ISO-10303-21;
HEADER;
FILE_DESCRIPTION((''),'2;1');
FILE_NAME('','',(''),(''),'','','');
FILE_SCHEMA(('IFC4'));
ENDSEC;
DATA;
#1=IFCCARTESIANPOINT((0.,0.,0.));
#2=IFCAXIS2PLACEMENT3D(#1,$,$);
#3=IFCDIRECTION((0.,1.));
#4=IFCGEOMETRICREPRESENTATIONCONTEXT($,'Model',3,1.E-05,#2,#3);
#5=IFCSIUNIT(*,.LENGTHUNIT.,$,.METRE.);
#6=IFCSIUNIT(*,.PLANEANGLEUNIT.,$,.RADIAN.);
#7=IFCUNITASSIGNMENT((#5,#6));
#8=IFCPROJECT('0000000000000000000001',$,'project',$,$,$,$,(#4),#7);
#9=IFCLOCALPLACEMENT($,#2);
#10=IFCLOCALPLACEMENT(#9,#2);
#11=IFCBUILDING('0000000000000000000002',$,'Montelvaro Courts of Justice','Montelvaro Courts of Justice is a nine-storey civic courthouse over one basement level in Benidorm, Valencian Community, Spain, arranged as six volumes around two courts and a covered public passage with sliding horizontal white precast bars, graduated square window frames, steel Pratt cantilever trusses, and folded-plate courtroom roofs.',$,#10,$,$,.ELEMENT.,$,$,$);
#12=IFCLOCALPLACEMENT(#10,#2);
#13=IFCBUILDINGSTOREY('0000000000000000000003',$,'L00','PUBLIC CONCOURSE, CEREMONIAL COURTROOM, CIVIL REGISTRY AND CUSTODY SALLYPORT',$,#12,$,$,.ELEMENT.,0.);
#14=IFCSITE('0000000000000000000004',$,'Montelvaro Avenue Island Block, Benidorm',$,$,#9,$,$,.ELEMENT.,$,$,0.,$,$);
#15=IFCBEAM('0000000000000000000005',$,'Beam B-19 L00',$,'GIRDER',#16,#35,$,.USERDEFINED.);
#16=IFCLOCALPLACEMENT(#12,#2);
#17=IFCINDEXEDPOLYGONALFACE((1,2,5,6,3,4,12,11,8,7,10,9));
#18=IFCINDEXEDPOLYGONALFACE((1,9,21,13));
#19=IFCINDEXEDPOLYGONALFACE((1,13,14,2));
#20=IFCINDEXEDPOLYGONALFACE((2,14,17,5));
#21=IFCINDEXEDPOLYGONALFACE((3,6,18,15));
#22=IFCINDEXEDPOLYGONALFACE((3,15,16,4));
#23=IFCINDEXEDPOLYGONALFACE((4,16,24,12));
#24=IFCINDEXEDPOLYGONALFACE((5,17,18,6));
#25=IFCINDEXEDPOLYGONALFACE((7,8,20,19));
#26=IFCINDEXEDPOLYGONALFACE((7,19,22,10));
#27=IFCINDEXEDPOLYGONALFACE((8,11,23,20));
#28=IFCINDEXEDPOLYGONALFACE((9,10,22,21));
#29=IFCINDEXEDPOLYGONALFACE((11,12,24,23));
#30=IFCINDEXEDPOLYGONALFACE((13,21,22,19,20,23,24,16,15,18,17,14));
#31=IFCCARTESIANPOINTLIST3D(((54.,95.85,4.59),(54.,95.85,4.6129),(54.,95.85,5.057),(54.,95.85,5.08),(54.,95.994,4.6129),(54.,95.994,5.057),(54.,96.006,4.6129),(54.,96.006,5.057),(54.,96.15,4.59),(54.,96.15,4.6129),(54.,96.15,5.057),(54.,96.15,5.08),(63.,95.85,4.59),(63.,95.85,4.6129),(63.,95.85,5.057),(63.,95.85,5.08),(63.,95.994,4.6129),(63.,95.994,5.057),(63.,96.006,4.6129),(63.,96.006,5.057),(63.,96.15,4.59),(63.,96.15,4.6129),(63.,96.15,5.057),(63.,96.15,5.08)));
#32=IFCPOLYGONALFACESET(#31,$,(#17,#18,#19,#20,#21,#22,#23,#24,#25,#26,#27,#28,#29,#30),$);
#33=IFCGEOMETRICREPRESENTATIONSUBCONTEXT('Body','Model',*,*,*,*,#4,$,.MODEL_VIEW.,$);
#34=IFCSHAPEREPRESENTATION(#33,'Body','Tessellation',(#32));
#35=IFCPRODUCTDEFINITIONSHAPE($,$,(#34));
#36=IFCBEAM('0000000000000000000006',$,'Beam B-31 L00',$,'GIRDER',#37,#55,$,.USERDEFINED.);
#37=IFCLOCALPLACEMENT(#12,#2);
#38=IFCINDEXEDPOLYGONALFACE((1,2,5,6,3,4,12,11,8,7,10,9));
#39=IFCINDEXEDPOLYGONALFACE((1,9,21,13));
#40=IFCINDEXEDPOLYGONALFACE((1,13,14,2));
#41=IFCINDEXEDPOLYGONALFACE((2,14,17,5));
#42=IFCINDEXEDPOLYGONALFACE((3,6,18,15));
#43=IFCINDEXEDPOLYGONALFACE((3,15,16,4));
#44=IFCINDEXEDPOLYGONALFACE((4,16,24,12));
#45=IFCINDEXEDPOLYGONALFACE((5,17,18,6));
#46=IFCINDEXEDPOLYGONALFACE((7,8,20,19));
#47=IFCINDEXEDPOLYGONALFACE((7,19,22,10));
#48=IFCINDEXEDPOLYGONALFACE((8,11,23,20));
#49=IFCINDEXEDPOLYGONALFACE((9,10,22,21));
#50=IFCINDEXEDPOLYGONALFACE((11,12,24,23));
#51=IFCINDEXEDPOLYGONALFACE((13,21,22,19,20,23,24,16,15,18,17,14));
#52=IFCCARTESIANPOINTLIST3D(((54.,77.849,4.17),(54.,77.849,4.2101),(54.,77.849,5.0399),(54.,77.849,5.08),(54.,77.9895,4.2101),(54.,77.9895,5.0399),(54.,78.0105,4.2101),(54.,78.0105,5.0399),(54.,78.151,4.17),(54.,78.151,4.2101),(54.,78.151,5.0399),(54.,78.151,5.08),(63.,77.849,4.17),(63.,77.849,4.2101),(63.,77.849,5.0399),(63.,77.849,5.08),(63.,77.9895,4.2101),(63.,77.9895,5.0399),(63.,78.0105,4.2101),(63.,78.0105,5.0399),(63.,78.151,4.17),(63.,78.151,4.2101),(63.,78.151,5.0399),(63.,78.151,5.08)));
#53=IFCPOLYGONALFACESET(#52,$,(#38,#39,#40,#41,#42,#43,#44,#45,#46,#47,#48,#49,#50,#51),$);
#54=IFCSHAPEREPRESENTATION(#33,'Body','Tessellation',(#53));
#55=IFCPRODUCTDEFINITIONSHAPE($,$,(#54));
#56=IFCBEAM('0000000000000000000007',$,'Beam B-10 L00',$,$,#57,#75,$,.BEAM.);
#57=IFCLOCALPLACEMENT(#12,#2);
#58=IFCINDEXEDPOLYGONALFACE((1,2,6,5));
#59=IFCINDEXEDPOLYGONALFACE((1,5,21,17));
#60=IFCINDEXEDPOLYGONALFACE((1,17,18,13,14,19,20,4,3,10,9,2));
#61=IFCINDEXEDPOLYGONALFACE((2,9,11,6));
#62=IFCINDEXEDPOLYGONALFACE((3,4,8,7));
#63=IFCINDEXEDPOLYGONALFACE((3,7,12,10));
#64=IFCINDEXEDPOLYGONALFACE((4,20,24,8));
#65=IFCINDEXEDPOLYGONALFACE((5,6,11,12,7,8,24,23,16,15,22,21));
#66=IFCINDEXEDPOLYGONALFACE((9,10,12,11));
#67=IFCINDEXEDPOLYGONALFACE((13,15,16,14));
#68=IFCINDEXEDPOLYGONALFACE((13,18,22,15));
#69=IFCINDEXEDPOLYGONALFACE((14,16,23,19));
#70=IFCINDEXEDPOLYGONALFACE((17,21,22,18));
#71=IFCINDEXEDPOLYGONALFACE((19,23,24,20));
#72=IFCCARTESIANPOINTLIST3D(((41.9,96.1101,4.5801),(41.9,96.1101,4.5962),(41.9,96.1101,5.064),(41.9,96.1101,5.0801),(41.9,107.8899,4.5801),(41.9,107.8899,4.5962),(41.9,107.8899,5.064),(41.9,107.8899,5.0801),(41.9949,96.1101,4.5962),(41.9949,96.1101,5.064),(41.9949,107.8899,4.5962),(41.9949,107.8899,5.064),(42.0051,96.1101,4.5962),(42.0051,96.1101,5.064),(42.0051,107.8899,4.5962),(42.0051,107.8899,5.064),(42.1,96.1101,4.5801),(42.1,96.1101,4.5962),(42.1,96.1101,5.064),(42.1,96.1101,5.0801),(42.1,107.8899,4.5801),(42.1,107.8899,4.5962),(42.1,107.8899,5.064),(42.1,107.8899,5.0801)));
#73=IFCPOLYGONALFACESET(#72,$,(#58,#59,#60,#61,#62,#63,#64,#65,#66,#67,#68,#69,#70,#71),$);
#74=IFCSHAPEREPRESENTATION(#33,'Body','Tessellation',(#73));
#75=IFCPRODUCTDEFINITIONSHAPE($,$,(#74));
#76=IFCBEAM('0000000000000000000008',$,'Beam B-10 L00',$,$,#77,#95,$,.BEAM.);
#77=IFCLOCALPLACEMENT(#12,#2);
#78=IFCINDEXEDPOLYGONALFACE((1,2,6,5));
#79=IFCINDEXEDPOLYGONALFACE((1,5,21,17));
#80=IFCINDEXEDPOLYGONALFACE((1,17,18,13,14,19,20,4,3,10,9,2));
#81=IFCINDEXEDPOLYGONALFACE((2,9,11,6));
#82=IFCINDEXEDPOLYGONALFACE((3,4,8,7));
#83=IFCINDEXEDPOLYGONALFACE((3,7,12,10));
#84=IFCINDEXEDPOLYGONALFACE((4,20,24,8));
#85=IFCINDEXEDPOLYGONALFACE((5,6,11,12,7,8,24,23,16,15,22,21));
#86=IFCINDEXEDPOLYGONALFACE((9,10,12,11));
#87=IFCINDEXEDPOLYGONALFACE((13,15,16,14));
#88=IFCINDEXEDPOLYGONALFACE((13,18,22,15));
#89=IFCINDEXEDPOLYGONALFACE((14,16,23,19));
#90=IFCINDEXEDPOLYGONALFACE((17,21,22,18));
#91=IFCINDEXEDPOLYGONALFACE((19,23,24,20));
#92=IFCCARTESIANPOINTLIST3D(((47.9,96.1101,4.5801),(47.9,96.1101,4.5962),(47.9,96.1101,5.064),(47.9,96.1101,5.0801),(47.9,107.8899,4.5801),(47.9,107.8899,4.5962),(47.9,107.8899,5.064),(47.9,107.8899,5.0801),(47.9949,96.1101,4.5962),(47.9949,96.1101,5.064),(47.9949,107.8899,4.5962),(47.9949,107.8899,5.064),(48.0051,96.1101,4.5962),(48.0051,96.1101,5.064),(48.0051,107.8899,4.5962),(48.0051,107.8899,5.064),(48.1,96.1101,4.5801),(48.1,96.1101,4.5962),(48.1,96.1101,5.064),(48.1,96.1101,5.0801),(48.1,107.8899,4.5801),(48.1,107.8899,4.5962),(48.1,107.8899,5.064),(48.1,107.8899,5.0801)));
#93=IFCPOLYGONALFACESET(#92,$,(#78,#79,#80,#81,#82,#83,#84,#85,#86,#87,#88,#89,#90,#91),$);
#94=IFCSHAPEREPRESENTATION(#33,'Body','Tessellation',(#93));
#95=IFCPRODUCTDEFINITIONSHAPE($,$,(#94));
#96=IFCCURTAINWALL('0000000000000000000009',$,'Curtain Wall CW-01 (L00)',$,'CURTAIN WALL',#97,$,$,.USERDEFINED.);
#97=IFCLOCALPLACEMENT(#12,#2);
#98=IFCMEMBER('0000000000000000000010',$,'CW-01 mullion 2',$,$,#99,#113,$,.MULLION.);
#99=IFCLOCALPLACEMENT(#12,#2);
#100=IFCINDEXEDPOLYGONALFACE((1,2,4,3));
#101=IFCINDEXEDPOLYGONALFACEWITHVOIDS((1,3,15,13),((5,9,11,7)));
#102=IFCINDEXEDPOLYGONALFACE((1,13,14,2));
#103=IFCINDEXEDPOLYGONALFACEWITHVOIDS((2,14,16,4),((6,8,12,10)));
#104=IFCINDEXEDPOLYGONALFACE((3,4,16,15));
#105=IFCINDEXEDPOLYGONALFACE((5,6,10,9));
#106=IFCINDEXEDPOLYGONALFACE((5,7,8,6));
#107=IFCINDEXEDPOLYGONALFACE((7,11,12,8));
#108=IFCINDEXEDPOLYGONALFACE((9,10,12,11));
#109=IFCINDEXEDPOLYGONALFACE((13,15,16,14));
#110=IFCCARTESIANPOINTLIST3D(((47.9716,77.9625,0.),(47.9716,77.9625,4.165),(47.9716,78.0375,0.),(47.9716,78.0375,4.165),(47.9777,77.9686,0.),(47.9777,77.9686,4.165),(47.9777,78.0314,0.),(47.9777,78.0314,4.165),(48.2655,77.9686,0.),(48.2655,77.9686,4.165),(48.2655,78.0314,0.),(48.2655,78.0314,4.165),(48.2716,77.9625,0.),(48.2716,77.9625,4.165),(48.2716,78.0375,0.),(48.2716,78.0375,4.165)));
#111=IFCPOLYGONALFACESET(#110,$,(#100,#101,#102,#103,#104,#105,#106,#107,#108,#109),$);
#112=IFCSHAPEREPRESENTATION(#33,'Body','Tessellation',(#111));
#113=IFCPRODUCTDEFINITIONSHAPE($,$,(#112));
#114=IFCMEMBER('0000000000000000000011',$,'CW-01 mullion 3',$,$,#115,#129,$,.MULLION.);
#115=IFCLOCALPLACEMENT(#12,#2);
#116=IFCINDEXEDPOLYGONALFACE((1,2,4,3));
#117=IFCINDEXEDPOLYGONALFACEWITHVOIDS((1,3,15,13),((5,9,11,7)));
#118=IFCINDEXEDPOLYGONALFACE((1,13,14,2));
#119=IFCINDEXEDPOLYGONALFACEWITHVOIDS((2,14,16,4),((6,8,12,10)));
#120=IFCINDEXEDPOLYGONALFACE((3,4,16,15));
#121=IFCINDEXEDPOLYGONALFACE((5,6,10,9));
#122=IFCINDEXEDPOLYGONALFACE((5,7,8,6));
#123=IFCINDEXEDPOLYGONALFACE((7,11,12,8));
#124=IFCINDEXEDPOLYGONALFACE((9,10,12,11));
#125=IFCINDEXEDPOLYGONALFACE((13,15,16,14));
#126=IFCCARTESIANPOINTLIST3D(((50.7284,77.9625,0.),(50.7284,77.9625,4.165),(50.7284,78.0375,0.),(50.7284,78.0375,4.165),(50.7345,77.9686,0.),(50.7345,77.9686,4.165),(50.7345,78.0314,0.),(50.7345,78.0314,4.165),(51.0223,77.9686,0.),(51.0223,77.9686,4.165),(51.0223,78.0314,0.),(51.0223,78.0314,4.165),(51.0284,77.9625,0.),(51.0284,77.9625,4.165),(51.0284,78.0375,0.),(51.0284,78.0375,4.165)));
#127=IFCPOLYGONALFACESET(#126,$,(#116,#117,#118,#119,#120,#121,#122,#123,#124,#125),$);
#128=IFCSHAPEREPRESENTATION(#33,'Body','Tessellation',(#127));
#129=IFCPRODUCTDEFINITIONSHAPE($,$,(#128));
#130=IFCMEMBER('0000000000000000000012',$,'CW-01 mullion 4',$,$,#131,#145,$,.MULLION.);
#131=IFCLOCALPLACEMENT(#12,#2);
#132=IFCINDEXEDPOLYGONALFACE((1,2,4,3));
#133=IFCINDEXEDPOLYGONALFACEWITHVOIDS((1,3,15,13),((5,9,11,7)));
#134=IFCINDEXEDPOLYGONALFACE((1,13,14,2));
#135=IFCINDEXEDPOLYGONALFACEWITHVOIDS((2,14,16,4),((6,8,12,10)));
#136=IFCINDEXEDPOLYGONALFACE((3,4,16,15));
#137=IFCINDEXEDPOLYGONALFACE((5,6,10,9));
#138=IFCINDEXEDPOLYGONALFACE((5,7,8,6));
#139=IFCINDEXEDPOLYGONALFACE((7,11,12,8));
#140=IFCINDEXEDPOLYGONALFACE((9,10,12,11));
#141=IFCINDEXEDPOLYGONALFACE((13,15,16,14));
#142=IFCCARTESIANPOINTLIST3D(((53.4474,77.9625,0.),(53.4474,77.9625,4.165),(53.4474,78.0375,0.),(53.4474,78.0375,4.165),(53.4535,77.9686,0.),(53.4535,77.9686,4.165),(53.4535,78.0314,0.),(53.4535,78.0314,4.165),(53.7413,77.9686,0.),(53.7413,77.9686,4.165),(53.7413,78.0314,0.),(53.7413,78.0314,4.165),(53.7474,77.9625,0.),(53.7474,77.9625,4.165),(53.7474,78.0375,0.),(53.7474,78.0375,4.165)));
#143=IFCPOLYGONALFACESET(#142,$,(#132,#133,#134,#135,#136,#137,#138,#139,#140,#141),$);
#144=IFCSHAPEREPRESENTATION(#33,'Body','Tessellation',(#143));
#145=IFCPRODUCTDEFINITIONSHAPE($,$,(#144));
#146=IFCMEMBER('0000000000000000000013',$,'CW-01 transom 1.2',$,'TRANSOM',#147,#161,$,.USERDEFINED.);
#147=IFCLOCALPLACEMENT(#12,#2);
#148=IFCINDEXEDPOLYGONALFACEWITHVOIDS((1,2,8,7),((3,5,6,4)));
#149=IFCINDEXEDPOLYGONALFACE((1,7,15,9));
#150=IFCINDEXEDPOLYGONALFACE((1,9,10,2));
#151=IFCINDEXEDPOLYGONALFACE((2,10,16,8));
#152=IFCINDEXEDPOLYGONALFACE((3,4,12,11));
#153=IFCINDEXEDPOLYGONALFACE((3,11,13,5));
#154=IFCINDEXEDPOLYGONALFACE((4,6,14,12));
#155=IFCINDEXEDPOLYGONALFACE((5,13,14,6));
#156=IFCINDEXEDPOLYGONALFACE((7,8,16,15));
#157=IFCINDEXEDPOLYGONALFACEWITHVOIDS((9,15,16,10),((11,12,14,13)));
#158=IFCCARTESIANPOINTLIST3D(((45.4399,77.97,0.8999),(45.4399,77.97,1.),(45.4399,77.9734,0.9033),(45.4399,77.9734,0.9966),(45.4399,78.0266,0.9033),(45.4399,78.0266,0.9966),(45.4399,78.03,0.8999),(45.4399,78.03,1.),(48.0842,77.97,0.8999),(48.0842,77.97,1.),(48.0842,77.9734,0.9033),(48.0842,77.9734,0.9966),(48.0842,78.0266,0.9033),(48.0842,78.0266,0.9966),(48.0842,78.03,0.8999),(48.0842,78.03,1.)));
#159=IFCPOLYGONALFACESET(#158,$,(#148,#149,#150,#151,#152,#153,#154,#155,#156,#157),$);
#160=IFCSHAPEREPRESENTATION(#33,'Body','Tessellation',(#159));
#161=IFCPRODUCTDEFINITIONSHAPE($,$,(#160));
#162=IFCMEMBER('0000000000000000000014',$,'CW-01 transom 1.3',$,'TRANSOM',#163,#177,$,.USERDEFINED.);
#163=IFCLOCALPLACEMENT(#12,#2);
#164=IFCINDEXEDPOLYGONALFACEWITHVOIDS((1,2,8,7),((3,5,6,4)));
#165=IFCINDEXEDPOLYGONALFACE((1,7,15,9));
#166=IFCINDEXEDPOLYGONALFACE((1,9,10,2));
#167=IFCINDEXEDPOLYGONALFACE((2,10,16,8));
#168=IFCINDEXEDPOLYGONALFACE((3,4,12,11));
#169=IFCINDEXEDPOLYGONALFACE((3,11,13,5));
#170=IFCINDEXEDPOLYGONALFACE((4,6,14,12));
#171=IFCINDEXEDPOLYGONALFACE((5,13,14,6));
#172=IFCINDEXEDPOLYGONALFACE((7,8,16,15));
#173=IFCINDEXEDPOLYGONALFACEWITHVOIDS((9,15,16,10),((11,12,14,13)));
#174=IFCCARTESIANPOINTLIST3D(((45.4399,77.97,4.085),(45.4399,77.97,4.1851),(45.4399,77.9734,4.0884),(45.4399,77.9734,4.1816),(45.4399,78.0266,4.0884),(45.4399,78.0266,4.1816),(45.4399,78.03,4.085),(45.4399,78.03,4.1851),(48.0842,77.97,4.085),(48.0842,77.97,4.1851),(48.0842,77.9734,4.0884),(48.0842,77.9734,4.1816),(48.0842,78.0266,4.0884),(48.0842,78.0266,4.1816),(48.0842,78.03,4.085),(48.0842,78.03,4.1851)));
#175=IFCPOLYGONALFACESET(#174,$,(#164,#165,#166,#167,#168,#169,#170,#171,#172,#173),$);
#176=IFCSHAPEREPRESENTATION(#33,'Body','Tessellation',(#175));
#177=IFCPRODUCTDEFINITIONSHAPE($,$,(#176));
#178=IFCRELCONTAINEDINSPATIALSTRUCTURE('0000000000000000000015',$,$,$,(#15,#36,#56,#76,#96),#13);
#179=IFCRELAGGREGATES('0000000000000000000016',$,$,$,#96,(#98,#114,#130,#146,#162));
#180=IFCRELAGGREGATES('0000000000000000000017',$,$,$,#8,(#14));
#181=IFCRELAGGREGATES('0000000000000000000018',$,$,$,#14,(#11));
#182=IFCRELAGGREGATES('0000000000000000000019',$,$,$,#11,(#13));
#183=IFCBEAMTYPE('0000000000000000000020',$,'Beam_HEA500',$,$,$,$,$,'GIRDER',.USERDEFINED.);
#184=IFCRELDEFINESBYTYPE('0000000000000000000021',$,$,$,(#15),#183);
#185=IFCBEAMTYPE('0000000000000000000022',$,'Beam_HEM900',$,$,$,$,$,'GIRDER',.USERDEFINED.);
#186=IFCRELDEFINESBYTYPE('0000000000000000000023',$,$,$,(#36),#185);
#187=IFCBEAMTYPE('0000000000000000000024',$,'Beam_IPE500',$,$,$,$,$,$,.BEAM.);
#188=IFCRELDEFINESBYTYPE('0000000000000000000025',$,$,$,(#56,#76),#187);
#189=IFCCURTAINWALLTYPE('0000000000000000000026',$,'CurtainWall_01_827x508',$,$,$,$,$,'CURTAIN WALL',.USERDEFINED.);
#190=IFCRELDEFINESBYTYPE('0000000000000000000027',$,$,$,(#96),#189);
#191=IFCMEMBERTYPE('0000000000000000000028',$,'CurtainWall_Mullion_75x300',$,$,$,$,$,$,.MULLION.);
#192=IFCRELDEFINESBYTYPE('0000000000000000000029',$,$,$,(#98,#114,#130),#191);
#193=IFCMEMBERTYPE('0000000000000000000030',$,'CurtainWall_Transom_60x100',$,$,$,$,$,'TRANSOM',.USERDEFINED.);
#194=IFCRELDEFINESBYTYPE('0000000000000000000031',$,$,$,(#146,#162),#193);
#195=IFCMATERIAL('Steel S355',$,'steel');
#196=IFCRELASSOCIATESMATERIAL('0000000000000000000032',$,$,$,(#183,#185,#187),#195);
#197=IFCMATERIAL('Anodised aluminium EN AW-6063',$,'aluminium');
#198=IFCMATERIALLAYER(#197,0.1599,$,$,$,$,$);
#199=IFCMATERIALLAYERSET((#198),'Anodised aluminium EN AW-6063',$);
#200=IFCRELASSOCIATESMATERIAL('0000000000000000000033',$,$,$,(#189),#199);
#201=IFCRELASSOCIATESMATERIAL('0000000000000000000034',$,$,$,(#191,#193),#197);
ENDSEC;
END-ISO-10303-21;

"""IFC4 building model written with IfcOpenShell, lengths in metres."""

from ifc_helpers import new_model, si_unit, direction, frame, origin, origin_2d, place, context, subcontext, project, spatial, hollow_rectangle, i_section, extrude, material, layer, layer_set, material_profile, profile_set, type_object, element, aggregate, save


model = new_model("IFC4")

# Units and contexts
model_context = context("Model", 3, precision=1e-05, world=origin(), true_north=direction((0.0, 1.0)))
body_context = subcontext(model_context, "Body", "Model", "MODEL_VIEW")
ifc_project = project(units=[si_unit("LENGTHUNIT", "METRE"), si_unit("PLANEANGLEUNIT", "RADIAN")], contexts=[model_context])

# Site, building, storey
site_placement = place(None, origin())
site = spatial("IfcSite", under=ifc_project, at=site_placement, Name="Montelvaro Avenue Island Block, Benidorm", CompositionType="ELEMENT", RefElevation=0.0)
building_placement = place(site_placement, origin())
building = spatial("IfcBuilding", under=site, at=building_placement, Name="Montelvaro Courts of Justice", Description="Montelvaro Courts of Justice is a nine-storey civic courthouse over one basement level in Benidorm, Valencian Community, Spain, arranged as six volumes around two courts and a covered public passage with sliding horizontal white precast bars, graduated square window frames, steel Pratt cantilever trusses, and folded-plate courtroom roofs.", CompositionType="ELEMENT")
storey_placement = place(building_placement, origin())
storey = spatial("IfcBuildingStorey", under=building, at=storey_placement, Name="L00", Description="PUBLIC CONCOURSE, CEREMONIAL COURTROOM, CIVIL REGISTRY AND CUSTODY SALLYPORT", CompositionType="ELEMENT", Elevation=0.0)

# Shared definitions
ifc_material_1 = material(Name="Steel S355", Category="steel")

# Beams
ifc_material_profile_1 = material_profile(ifc_material_1, i_section(OverallWidth=0.3, OverallDepth=0.49, WebThickness=0.012, FlangeThickness=0.0229, at=origin_2d()), Name="HEA 500")
ifc_profile_set_1 = profile_set([ifc_material_profile_1], Name="Steel S355")
beam_type_1 = type_object("IfcBeamType", Name="Beam_HEA500", ElementType="GIRDER", PredefinedType="USERDEFINED", material=ifc_profile_set_1)
for number, where, z_axis, x_axis, name in (
    (1, (54.0, 96.0, 4.835), (1.0, 0.0, 0.0), (0.0, 1.0, 0.0), "Beam B-19 L00"),
):
    element("IfcBeam", number, at=place(storey_placement, frame(where, z_axis=z_axis, x_axis=x_axis)), inside=storey, type_object=beam_type_1, Name=name, ObjectType="GIRDER", PredefinedType="USERDEFINED", context=body_context, shape_type="SweptSolid", body=[
        extrude(i_section(OverallWidth=0.3, OverallDepth=0.49, WebThickness=0.012, FlangeThickness=0.0229, at=origin_2d()), origin(), (0.0, 0.0, 1.0), 9.0),
    ])
ifc_material_profile_2 = material_profile(ifc_material_1, i_section(OverallWidth=0.302, OverallDepth=0.9099, WebThickness=0.021, FlangeThickness=0.04, at=origin_2d()), Name="HEM 900")
ifc_profile_set_2 = profile_set([ifc_material_profile_2], Name="Steel S355")
beam_type_2 = type_object("IfcBeamType", Name="Beam_HEM900", ElementType="GIRDER", PredefinedType="USERDEFINED", material=ifc_profile_set_2)
beam_1_placement = place(storey_placement, frame((54.0, 78.0, 4.625), z_axis=(1.0, 0.0, 0.0), x_axis=(0.0, 1.0, 0.0)))
element("IfcBeam", 2, at=beam_1_placement, inside=storey, type_object=beam_type_2, Name="Beam B-31 L00", ObjectType="GIRDER", PredefinedType="USERDEFINED", context=body_context, shape_type="SweptSolid", body=[
    extrude(i_section(OverallWidth=0.302, OverallDepth=0.9099, WebThickness=0.021, FlangeThickness=0.04, at=origin_2d()), origin(), (0.0, 0.0, 1.0), 9.0),
])
ifc_material_profile_3 = material_profile(ifc_material_1, i_section(OverallWidth=0.2, OverallDepth=0.5, WebThickness=0.0103, FlangeThickness=0.0161, at=origin_2d()), Name="IPE 500")
ifc_profile_set_3 = profile_set([ifc_material_profile_3], Name="Steel S355")
beam_type_3 = type_object("IfcBeamType", Name="Beam_IPE500", PredefinedType="BEAM", material=ifc_profile_set_3)
for number, where, z_axis, x_axis, name in (
    (3, (42.0, 96.1101, 4.8301), (0.0, 1.0, 0.0), (-1.0, 0.0, 0.0), "Beam B-10 L00"),
    (4, (48.0, 96.1101, 4.8301), (0.0, 1.0, 0.0), (-1.0, 0.0, 0.0), "Beam B-10 L00"),
):
    element("IfcBeam", number, at=place(storey_placement, frame(where, z_axis=z_axis, x_axis=x_axis)), inside=storey, type_object=beam_type_3, Name=name, PredefinedType="BEAM", context=body_context, shape_type="SweptSolid", body=[
        extrude(i_section(OverallWidth=0.2, OverallDepth=0.5, WebThickness=0.0103, FlangeThickness=0.0161, at=origin_2d()), origin(), (0.0, 0.0, 1.0), 11.7798),
    ])

# Curtain wall, members
ifc_material_2 = material(Name="Anodised aluminium EN AW-6063", Category="aluminium")
ifc_layer_1 = layer(ifc_material_2, 0.1599)
ifc_layer_set_1 = layer_set([ifc_layer_1], Name="Anodised aluminium EN AW-6063")
curtain_wall_type_1 = type_object("IfcCurtainWallType", Name="CurtainWall_01_827x508", ElementType="CURTAIN WALL", PredefinedType="USERDEFINED", material=ifc_layer_set_1)
curtain_wall_1_placement = place(storey_placement, origin())
curtain_wall_1 = element("IfcCurtainWall", 5, at=curtain_wall_1_placement, inside=storey, type_object=curtain_wall_type_1, Name="Curtain Wall CW-01 (L00)", ObjectType="CURTAIN WALL", PredefinedType="USERDEFINED")
ifc_material_profile_4 = material_profile(ifc_material_2, hollow_rectangle(XDim=0.075, YDim=0.3, WallThickness=0.0061, at=origin_2d()), Name="ALU-M 75x300")
ifc_profile_set_4 = profile_set([ifc_material_profile_4], Name="Anodised aluminium EN AW-6063")
member_type_1 = type_object("IfcMemberType", Name="CurtainWall_Mullion_75x300", PredefinedType="MULLION", material=ifc_profile_set_4)
member_1_placement = place(storey_placement, frame((48.1216, 78.0, 0.0), z_axis=(0.0, 0.0, 1.0), x_axis=(0.0, 1.0, 0.0)))
member_1 = element("IfcMember", 6, at=member_1_placement, type_object=member_type_1, Name="CW-01 mullion 2", PredefinedType="MULLION", context=body_context, shape_type="SweptSolid", body=[
    extrude(hollow_rectangle(XDim=0.075, YDim=0.3, WallThickness=0.0061, at=origin_2d()), origin(), (0.0, 0.0, 1.0), 4.165),
])
member_2_placement = place(storey_placement, frame((50.8784, 78.0, 0.0), z_axis=(0.0, 0.0, 1.0), x_axis=(0.0, 1.0, 0.0)))
member_2 = element("IfcMember", 7, at=member_2_placement, type_object=member_type_1, Name="CW-01 mullion 3", PredefinedType="MULLION", context=body_context, shape_type="SweptSolid", body=[
    extrude(hollow_rectangle(XDim=0.075, YDim=0.3, WallThickness=0.0061, at=origin_2d()), origin(), (0.0, 0.0, 1.0), 4.165),
])
member_3_placement = place(storey_placement, frame((53.5974, 78.0, 0.0), z_axis=(0.0, 0.0, 1.0), x_axis=(0.0, 1.0, 0.0)))
member_3 = element("IfcMember", 8, at=member_3_placement, type_object=member_type_1, Name="CW-01 mullion 4", PredefinedType="MULLION", context=body_context, shape_type="SweptSolid", body=[
    extrude(hollow_rectangle(XDim=0.075, YDim=0.3, WallThickness=0.0061, at=origin_2d()), origin(), (0.0, 0.0, 1.0), 4.165),
])
ifc_material_profile_5 = material_profile(ifc_material_2, hollow_rectangle(XDim=0.0601, YDim=0.1001, WallThickness=0.0034, at=origin_2d()), Name="ALU-T 60x100")
ifc_profile_set_5 = profile_set([ifc_material_profile_5], Name="Anodised aluminium EN AW-6063")
member_type_2 = type_object("IfcMemberType", Name="CurtainWall_Transom_60x100", ElementType="TRANSOM", PredefinedType="USERDEFINED", material=ifc_profile_set_5)
member_4_placement = place(storey_placement, frame((45.4399, 78.0, 0.95), z_axis=(1.0, 0.0, 0.0), x_axis=(0.0, 1.0, 0.0)))
member_4 = element("IfcMember", 9, at=member_4_placement, type_object=member_type_2, Name="CW-01 transom 1.2", ObjectType="TRANSOM", PredefinedType="USERDEFINED", context=body_context, shape_type="SweptSolid", body=[
    extrude(hollow_rectangle(XDim=0.0601, YDim=0.1001, WallThickness=0.0034, at=origin_2d()), origin(), (0.0, 0.0, 1.0), 2.6443),
])
member_5_placement = place(storey_placement, frame((45.4399, 78.0, 4.135), z_axis=(1.0, 0.0, 0.0), x_axis=(0.0, 1.0, 0.0)))
member_5 = element("IfcMember", 10, at=member_5_placement, type_object=member_type_2, Name="CW-01 transom 1.3", ObjectType="TRANSOM", PredefinedType="USERDEFINED", context=body_context, shape_type="SweptSolid", body=[
    extrude(hollow_rectangle(XDim=0.0601, YDim=0.1001, WallThickness=0.0034, at=origin_2d()), origin(), (0.0, 0.0, 1.0), 2.6443),
])
aggregate(curtain_wall_1, [member_1, member_2, member_3, member_4, member_5])

save(model, "model.ifc")
